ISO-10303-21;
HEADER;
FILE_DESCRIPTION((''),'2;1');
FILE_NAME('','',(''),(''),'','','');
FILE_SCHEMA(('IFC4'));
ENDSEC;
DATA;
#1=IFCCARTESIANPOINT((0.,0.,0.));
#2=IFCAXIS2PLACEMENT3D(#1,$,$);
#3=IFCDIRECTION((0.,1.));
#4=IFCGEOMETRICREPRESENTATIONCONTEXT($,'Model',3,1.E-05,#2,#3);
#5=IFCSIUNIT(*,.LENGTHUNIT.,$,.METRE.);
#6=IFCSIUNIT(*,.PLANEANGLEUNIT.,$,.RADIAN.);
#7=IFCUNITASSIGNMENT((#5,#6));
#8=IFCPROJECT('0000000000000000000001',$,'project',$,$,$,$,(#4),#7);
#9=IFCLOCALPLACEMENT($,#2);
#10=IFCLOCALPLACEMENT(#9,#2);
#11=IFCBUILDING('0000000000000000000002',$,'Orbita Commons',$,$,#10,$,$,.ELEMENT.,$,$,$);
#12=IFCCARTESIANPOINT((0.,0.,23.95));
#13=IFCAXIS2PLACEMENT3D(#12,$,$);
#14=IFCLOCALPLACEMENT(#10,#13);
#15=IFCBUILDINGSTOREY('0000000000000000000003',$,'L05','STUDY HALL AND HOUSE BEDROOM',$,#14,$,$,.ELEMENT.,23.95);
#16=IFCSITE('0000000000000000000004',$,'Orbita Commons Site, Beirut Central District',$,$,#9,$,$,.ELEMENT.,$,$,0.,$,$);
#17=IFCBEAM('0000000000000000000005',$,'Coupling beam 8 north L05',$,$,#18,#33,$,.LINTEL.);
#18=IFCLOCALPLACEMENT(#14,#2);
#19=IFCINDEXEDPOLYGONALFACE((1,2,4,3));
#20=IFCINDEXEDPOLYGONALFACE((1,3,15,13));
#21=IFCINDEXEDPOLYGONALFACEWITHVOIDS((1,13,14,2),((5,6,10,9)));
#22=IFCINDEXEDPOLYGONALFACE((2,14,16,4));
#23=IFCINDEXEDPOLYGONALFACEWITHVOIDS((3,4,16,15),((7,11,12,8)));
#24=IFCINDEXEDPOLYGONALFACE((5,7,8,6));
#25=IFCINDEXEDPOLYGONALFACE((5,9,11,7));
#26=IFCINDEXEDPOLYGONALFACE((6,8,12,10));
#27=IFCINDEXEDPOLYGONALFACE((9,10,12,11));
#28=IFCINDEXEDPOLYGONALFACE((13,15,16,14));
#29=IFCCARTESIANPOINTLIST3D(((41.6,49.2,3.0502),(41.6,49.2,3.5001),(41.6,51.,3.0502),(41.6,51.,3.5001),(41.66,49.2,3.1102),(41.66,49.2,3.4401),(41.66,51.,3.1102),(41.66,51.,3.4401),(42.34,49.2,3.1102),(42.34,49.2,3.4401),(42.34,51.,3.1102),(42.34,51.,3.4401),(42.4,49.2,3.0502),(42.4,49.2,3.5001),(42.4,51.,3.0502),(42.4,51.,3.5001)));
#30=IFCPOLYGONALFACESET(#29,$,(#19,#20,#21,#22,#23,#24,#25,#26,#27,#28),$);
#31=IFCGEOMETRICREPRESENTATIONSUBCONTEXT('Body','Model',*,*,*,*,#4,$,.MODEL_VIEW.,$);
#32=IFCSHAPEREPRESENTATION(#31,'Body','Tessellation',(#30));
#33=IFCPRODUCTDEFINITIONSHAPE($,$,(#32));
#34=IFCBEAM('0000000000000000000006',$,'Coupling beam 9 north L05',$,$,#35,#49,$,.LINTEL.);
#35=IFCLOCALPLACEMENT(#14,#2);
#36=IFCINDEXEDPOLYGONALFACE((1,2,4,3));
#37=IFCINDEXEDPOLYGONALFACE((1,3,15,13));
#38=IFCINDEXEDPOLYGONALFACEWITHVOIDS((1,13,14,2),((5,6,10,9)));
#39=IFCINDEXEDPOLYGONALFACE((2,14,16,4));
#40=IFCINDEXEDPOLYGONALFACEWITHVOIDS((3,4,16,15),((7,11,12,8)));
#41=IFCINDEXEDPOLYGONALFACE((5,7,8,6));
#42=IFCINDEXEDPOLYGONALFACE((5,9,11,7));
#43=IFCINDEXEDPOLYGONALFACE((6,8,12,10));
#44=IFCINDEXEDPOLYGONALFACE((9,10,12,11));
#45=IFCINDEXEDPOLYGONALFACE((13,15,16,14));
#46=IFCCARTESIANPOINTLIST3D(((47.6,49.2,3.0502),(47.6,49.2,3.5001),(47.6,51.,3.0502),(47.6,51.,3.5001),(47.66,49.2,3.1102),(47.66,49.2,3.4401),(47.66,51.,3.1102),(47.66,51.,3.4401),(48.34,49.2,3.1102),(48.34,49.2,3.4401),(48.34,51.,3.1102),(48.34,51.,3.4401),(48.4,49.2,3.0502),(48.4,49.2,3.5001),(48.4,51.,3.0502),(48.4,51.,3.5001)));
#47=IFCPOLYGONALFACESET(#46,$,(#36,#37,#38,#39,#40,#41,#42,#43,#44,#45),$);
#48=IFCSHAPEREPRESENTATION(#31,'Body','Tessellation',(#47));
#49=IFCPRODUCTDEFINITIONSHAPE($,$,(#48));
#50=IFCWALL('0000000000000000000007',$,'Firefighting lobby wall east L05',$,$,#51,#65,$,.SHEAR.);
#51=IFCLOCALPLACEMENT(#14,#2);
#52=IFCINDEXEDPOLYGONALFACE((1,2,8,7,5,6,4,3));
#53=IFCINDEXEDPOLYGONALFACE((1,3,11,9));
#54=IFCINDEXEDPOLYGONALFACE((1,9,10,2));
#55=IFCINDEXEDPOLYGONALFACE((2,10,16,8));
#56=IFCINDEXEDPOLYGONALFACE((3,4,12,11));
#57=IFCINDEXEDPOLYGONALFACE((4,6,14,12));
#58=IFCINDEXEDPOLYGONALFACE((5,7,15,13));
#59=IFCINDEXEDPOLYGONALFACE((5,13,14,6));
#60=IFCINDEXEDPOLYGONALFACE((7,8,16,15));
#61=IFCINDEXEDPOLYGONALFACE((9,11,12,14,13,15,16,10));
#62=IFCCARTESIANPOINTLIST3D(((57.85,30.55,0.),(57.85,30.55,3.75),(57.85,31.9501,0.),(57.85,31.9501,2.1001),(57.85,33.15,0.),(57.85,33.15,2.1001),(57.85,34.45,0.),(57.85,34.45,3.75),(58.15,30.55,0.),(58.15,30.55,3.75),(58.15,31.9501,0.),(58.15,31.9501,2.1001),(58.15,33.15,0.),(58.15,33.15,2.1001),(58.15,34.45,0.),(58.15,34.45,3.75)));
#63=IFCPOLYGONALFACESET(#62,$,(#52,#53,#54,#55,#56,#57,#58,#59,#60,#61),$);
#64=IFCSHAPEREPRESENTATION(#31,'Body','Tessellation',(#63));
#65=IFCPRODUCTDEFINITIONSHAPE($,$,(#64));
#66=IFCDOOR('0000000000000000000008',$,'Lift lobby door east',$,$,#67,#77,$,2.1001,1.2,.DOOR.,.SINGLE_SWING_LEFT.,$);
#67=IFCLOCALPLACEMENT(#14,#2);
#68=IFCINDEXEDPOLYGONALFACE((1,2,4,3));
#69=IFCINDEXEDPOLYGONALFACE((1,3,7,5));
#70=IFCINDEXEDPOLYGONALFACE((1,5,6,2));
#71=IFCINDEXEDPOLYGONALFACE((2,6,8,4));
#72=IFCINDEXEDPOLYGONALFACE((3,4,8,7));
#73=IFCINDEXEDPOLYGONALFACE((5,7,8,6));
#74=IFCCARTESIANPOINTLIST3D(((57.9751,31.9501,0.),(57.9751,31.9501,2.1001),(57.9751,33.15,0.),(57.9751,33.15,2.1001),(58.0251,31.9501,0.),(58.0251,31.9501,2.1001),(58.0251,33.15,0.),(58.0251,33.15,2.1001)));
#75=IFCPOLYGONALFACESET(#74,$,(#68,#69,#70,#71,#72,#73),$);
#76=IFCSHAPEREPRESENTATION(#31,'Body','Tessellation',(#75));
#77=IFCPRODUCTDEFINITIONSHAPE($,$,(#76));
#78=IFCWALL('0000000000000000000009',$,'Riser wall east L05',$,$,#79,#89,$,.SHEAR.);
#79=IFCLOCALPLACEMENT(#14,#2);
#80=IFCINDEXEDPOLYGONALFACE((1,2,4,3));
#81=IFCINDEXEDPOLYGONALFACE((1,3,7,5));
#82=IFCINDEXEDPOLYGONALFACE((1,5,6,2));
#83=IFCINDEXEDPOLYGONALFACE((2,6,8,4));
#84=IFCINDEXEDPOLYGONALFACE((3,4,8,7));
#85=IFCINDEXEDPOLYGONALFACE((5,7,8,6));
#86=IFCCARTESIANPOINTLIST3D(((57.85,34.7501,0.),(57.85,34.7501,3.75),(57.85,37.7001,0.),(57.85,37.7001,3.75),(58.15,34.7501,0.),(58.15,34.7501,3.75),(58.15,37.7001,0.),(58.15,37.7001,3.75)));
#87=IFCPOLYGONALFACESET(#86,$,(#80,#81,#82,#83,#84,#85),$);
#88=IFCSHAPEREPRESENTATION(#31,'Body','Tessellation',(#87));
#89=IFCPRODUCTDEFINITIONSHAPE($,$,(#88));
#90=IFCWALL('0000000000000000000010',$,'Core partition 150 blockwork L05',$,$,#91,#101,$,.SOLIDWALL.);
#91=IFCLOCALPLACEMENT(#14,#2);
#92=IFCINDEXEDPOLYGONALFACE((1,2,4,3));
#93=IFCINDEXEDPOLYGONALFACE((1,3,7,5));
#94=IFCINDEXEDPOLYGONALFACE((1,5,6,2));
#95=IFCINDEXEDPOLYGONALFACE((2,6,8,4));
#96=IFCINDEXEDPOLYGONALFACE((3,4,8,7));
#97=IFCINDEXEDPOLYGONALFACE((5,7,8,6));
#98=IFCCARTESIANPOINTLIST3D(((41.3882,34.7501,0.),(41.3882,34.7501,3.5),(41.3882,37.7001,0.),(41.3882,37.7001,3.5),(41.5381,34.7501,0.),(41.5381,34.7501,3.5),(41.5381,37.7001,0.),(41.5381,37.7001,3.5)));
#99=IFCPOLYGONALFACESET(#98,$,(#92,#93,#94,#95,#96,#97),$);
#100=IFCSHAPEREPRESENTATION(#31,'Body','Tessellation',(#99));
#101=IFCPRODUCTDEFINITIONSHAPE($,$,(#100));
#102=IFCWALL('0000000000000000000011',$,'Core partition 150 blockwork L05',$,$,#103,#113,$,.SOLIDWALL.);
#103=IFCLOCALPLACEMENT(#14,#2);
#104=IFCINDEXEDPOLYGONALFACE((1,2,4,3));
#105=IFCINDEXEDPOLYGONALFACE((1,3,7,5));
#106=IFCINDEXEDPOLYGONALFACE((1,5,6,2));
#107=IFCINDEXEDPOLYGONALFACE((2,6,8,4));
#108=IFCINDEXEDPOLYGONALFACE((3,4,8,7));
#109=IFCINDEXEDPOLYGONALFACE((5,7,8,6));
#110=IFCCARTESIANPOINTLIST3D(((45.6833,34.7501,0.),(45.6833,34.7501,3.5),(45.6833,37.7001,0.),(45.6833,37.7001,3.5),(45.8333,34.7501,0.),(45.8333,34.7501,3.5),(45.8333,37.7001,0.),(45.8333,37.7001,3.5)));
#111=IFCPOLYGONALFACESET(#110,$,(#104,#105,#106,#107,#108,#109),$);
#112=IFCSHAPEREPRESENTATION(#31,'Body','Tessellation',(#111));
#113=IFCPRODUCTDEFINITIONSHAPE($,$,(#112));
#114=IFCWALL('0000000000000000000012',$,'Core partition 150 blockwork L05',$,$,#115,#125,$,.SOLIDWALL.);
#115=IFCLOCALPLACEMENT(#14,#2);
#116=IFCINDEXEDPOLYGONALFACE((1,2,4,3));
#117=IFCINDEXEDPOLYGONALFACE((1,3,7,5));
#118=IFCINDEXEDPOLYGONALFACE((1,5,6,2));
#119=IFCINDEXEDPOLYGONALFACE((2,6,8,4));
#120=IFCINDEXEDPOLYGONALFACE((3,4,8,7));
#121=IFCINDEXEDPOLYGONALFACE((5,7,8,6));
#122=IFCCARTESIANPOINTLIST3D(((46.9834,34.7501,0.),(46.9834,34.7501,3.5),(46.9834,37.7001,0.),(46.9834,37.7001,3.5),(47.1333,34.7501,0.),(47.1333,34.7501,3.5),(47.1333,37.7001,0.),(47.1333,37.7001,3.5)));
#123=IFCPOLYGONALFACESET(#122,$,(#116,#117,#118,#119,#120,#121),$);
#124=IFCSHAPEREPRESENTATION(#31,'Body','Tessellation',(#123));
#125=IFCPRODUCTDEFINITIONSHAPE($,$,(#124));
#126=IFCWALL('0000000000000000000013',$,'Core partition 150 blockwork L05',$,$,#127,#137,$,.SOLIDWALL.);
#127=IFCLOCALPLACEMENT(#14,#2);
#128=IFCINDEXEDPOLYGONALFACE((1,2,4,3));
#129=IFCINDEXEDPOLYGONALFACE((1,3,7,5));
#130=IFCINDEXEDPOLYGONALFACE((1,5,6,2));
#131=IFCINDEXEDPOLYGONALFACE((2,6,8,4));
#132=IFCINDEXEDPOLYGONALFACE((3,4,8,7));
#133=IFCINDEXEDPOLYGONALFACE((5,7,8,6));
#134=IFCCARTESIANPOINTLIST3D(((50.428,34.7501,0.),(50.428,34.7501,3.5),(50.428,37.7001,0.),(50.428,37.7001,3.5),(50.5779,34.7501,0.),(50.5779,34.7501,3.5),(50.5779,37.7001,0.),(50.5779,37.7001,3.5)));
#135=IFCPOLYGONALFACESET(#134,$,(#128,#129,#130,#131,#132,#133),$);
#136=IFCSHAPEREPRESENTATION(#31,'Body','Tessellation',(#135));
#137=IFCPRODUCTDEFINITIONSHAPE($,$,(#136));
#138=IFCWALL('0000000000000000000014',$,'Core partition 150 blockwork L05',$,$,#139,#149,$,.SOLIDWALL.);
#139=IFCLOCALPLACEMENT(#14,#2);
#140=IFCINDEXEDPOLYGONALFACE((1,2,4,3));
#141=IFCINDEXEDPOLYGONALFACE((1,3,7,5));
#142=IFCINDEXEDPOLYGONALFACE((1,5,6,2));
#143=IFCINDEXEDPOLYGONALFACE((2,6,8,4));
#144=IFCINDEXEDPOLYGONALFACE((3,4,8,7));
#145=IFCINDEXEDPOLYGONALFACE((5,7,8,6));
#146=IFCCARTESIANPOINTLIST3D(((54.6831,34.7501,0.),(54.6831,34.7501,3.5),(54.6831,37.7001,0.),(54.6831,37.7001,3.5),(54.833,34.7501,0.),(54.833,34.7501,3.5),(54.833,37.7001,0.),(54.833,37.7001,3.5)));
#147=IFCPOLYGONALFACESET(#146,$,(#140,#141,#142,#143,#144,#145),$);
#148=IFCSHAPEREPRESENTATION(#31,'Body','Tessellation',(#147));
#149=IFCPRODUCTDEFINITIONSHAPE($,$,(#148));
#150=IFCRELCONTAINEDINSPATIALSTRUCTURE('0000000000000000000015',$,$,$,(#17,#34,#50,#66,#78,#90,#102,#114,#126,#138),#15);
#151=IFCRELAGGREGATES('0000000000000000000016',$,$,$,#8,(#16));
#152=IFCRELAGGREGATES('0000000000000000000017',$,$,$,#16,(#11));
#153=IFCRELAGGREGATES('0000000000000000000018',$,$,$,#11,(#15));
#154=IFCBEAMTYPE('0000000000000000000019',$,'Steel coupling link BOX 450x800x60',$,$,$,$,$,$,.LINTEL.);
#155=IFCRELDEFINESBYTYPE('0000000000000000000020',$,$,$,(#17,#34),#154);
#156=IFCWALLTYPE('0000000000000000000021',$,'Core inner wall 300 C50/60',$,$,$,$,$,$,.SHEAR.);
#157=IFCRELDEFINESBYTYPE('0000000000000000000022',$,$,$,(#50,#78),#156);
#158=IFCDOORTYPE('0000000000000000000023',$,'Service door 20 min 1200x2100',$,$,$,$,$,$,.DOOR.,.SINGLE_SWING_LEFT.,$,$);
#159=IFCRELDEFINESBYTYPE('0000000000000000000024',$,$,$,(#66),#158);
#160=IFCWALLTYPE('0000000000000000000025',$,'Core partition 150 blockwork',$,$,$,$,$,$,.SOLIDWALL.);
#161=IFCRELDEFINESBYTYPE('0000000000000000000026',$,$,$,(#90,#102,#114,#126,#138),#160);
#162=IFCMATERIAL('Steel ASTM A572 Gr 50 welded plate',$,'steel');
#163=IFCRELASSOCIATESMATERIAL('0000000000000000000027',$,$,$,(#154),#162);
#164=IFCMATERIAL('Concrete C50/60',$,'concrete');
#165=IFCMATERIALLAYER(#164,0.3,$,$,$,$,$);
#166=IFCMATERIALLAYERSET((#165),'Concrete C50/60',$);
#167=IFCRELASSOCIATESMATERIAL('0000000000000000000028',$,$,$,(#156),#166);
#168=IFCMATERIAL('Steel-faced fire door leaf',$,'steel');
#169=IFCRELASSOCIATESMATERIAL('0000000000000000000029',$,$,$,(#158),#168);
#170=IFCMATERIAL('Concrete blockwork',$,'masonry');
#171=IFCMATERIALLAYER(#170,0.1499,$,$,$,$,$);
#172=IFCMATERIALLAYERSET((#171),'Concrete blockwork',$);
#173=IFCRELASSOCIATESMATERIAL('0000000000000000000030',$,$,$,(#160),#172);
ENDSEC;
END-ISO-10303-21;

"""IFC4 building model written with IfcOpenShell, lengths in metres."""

from ifc_helpers import new_model, si_unit, direction, frame, frame_2d, origin, origin_2d, place, context, subcontext, project, spatial, rectangle, hollow_rectangle, extrude, material, layer, layer_set, material_profile, profile_set, type_object, element, fill, save


model = new_model("IFC4")

# Units and contexts
model_context = context("Model", 3, precision=1e-05, world=origin(), true_north=direction((0.0, 1.0)))
body_context = subcontext(model_context, "Body", "Model", "MODEL_VIEW")
ifc_project = project(units=[si_unit("LENGTHUNIT", "METRE"), si_unit("PLANEANGLEUNIT", "RADIAN")], contexts=[model_context])

# Site, building, storey
site_placement = place(None, origin())
site = spatial("IfcSite", under=ifc_project, at=site_placement, Name="Orbita Commons Site, Beirut Central District", CompositionType="ELEMENT", RefElevation=0.0)
building_placement = place(site_placement, origin())
building = spatial("IfcBuilding", under=site, at=building_placement, Name="Orbita Commons", CompositionType="ELEMENT")
storey_placement = place(building_placement, frame((0.0, 0.0, 23.95)))
storey = spatial("IfcBuildingStorey", under=building, at=storey_placement, Name="L05", Description="STUDY HALL AND HOUSE BEDROOM", CompositionType="ELEMENT", Elevation=23.95)

# Beams
ifc_material_1 = material(Name="Steel ASTM A572 Gr 50 welded plate", Category="steel")
ifc_material_profile = material_profile(ifc_material_1, hollow_rectangle(XDim=0.8, YDim=0.45, WallThickness=0.0601, at=origin_2d()), Name="BOX 450x800x60")
ifc_profile_set = profile_set([ifc_material_profile], Name="Steel ASTM A572 Gr 50 welded plate")
beam_type = type_object("IfcBeamType", Name="Steel coupling link BOX 450x800x60", PredefinedType="LINTEL", material=ifc_profile_set)
for number, where, z_axis, x_axis, name in (
    (1, (42.0, 49.2, 3.2751), (0.0, 1.0, 0.0), (-1.0, 0.0, 0.0), "Coupling beam 8 north L05"),
    (2, (48.0, 49.2, 3.2751), (0.0, 1.0, 0.0), (-1.0, 0.0, 0.0), "Coupling beam 9 north L05"),
):
    element("IfcBeam", number, at=place(storey_placement, frame(where, z_axis=z_axis, x_axis=x_axis)), inside=storey, type_object=beam_type, Name=name, PredefinedType="LINTEL", context=body_context, shape_type="SweptSolid", body=[
        extrude(hollow_rectangle(XDim=0.8, YDim=0.45, WallThickness=0.0601, at=origin_2d()), origin(), (0.0, 0.0, 1.0), 1.8),
    ])

# Wall, opening, door
ifc_material_2 = material(Name="Concrete C50/60", Category="concrete")
ifc_layer_1 = layer(ifc_material_2, 0.3)
ifc_layer_set_1 = layer_set([ifc_layer_1], Name="Concrete C50/60")
wall_type_1 = type_object("IfcWallType", Name="Core inner wall 300 C50/60", PredefinedType="SHEAR", material=ifc_layer_set_1)
wall_1_placement = place(storey_placement, frame((58.0, 30.55, 0.0), z_axis=(0.0, 0.0, 1.0), x_axis=(0.0, 1.0, 0.0)))
wall_1 = element("IfcWall", 3, at=wall_1_placement, inside=storey, type_object=wall_type_1, Name="Firefighting lobby wall east L05", PredefinedType="SHEAR", context=body_context, shape_type="SweptSolid", body=[
    extrude(rectangle(XDim=3.8999, YDim=0.3, at=frame_2d((1.95, 0.0))), origin(), (0.0, 0.0, 1.0), 3.75),
])
opening_1_placement = place(wall_1_placement, frame((1.3999, 0.0, 0.0)))
opening_1 = element("IfcOpeningElement", 4, at=opening_1_placement, cuts=wall_1, PredefinedType="OPENING", context=body_context, shape_type="SweptSolid", body=[
    extrude(rectangle(XDim=1.2, YDim=2.1001, at=frame_2d((0.6001, 1.05))), frame((0.0, 0.1599, 0.0), z_axis=(0.0, -1.0, 0.0), x_axis=(1.0, 0.0, 0.0)), (0.0, 0.0, 1.0), 0.3201),
])
ifc_material_3 = material(Name="Steel-faced fire door leaf", Category="steel")
door_type_1 = type_object("IfcDoorType", Name="Service door 20 min 1200x2100", OperationType="SINGLE_SWING_LEFT", PredefinedType="DOOR", material=ifc_material_3)
door_1_placement = place(opening_1_placement, origin())
door_1 = element("IfcDoor", 5, at=door_1_placement, inside=storey, type_object=door_type_1, Name="Lift lobby door east", OperationType="SINGLE_SWING_LEFT", OverallHeight=2.1001, OverallWidth=1.2, PredefinedType="DOOR", context=body_context, shape_type="SweptSolid", body=[
    extrude(rectangle(XDim=1.2, YDim=2.1001, at=frame_2d((0.6001, 1.05))), frame((0.0, 0.0249, 0.0), z_axis=(0.0, -1.0, 0.0), x_axis=(1.0, 0.0, 0.0)), (0.0, 0.0, 1.0), 0.05),
])
fill(opening_1, door_1)

# Walls
wall_2_placement = place(storey_placement, frame((58.0, 34.75, 0.0), z_axis=(0.0, 0.0, 1.0), x_axis=(0.0, 1.0, 0.0)))
element("IfcWall", 6, at=wall_2_placement, inside=storey, type_object=wall_type_1, Name="Riser wall east L05", PredefinedType="SHEAR", context=body_context, shape_type="SweptSolid", body=[
    extrude(rectangle(XDim=2.95, YDim=0.3, at=frame_2d((1.4751, 0.0))), origin(), (0.0, 0.0, 1.0), 3.75),
])
ifc_material_4 = material(Name="Concrete blockwork", Category="masonry")
ifc_layer_2 = layer(ifc_material_4, 0.1499)
ifc_layer_set_2 = layer_set([ifc_layer_2], Name="Concrete blockwork")
wall_type_2 = type_object("IfcWallType", Name="Core partition 150 blockwork", PredefinedType="SOLIDWALL", material=ifc_layer_set_2)
for number, where, z_axis, x_axis, name in (
    (7, (41.4631, 34.75, 0.0), (0.0, 0.0, 1.0), (0.0, 1.0, 0.0), "Core partition 150 blockwork L05"),
    (8, (45.7583, 34.75, 0.0), (0.0, 0.0, 1.0), (0.0, 1.0, 0.0), "Core partition 150 blockwork L05"),
    (9, (47.0583, 34.75, 0.0), (0.0, 0.0, 1.0), (0.0, 1.0, 0.0), "Core partition 150 blockwork L05"),
    (10, (50.5029, 34.75, 0.0), (0.0, 0.0, 1.0), (0.0, 1.0, 0.0), "Core partition 150 blockwork L05"),
    (11, (54.7581, 34.75, 0.0), (0.0, 0.0, 1.0), (0.0, 1.0, 0.0), "Core partition 150 blockwork L05"),
):
    element("IfcWall", number, at=place(storey_placement, frame(where, z_axis=z_axis, x_axis=x_axis)), inside=storey, type_object=wall_type_2, Name=name, PredefinedType="SOLIDWALL", context=body_context, shape_type="SweptSolid", body=[
        extrude(rectangle(XDim=2.95, YDim=0.1499, at=frame_2d((1.4751, 0.0))), origin(), (0.0, 0.0, 1.0), 3.5),
    ])

save(model, "model.ifc")
